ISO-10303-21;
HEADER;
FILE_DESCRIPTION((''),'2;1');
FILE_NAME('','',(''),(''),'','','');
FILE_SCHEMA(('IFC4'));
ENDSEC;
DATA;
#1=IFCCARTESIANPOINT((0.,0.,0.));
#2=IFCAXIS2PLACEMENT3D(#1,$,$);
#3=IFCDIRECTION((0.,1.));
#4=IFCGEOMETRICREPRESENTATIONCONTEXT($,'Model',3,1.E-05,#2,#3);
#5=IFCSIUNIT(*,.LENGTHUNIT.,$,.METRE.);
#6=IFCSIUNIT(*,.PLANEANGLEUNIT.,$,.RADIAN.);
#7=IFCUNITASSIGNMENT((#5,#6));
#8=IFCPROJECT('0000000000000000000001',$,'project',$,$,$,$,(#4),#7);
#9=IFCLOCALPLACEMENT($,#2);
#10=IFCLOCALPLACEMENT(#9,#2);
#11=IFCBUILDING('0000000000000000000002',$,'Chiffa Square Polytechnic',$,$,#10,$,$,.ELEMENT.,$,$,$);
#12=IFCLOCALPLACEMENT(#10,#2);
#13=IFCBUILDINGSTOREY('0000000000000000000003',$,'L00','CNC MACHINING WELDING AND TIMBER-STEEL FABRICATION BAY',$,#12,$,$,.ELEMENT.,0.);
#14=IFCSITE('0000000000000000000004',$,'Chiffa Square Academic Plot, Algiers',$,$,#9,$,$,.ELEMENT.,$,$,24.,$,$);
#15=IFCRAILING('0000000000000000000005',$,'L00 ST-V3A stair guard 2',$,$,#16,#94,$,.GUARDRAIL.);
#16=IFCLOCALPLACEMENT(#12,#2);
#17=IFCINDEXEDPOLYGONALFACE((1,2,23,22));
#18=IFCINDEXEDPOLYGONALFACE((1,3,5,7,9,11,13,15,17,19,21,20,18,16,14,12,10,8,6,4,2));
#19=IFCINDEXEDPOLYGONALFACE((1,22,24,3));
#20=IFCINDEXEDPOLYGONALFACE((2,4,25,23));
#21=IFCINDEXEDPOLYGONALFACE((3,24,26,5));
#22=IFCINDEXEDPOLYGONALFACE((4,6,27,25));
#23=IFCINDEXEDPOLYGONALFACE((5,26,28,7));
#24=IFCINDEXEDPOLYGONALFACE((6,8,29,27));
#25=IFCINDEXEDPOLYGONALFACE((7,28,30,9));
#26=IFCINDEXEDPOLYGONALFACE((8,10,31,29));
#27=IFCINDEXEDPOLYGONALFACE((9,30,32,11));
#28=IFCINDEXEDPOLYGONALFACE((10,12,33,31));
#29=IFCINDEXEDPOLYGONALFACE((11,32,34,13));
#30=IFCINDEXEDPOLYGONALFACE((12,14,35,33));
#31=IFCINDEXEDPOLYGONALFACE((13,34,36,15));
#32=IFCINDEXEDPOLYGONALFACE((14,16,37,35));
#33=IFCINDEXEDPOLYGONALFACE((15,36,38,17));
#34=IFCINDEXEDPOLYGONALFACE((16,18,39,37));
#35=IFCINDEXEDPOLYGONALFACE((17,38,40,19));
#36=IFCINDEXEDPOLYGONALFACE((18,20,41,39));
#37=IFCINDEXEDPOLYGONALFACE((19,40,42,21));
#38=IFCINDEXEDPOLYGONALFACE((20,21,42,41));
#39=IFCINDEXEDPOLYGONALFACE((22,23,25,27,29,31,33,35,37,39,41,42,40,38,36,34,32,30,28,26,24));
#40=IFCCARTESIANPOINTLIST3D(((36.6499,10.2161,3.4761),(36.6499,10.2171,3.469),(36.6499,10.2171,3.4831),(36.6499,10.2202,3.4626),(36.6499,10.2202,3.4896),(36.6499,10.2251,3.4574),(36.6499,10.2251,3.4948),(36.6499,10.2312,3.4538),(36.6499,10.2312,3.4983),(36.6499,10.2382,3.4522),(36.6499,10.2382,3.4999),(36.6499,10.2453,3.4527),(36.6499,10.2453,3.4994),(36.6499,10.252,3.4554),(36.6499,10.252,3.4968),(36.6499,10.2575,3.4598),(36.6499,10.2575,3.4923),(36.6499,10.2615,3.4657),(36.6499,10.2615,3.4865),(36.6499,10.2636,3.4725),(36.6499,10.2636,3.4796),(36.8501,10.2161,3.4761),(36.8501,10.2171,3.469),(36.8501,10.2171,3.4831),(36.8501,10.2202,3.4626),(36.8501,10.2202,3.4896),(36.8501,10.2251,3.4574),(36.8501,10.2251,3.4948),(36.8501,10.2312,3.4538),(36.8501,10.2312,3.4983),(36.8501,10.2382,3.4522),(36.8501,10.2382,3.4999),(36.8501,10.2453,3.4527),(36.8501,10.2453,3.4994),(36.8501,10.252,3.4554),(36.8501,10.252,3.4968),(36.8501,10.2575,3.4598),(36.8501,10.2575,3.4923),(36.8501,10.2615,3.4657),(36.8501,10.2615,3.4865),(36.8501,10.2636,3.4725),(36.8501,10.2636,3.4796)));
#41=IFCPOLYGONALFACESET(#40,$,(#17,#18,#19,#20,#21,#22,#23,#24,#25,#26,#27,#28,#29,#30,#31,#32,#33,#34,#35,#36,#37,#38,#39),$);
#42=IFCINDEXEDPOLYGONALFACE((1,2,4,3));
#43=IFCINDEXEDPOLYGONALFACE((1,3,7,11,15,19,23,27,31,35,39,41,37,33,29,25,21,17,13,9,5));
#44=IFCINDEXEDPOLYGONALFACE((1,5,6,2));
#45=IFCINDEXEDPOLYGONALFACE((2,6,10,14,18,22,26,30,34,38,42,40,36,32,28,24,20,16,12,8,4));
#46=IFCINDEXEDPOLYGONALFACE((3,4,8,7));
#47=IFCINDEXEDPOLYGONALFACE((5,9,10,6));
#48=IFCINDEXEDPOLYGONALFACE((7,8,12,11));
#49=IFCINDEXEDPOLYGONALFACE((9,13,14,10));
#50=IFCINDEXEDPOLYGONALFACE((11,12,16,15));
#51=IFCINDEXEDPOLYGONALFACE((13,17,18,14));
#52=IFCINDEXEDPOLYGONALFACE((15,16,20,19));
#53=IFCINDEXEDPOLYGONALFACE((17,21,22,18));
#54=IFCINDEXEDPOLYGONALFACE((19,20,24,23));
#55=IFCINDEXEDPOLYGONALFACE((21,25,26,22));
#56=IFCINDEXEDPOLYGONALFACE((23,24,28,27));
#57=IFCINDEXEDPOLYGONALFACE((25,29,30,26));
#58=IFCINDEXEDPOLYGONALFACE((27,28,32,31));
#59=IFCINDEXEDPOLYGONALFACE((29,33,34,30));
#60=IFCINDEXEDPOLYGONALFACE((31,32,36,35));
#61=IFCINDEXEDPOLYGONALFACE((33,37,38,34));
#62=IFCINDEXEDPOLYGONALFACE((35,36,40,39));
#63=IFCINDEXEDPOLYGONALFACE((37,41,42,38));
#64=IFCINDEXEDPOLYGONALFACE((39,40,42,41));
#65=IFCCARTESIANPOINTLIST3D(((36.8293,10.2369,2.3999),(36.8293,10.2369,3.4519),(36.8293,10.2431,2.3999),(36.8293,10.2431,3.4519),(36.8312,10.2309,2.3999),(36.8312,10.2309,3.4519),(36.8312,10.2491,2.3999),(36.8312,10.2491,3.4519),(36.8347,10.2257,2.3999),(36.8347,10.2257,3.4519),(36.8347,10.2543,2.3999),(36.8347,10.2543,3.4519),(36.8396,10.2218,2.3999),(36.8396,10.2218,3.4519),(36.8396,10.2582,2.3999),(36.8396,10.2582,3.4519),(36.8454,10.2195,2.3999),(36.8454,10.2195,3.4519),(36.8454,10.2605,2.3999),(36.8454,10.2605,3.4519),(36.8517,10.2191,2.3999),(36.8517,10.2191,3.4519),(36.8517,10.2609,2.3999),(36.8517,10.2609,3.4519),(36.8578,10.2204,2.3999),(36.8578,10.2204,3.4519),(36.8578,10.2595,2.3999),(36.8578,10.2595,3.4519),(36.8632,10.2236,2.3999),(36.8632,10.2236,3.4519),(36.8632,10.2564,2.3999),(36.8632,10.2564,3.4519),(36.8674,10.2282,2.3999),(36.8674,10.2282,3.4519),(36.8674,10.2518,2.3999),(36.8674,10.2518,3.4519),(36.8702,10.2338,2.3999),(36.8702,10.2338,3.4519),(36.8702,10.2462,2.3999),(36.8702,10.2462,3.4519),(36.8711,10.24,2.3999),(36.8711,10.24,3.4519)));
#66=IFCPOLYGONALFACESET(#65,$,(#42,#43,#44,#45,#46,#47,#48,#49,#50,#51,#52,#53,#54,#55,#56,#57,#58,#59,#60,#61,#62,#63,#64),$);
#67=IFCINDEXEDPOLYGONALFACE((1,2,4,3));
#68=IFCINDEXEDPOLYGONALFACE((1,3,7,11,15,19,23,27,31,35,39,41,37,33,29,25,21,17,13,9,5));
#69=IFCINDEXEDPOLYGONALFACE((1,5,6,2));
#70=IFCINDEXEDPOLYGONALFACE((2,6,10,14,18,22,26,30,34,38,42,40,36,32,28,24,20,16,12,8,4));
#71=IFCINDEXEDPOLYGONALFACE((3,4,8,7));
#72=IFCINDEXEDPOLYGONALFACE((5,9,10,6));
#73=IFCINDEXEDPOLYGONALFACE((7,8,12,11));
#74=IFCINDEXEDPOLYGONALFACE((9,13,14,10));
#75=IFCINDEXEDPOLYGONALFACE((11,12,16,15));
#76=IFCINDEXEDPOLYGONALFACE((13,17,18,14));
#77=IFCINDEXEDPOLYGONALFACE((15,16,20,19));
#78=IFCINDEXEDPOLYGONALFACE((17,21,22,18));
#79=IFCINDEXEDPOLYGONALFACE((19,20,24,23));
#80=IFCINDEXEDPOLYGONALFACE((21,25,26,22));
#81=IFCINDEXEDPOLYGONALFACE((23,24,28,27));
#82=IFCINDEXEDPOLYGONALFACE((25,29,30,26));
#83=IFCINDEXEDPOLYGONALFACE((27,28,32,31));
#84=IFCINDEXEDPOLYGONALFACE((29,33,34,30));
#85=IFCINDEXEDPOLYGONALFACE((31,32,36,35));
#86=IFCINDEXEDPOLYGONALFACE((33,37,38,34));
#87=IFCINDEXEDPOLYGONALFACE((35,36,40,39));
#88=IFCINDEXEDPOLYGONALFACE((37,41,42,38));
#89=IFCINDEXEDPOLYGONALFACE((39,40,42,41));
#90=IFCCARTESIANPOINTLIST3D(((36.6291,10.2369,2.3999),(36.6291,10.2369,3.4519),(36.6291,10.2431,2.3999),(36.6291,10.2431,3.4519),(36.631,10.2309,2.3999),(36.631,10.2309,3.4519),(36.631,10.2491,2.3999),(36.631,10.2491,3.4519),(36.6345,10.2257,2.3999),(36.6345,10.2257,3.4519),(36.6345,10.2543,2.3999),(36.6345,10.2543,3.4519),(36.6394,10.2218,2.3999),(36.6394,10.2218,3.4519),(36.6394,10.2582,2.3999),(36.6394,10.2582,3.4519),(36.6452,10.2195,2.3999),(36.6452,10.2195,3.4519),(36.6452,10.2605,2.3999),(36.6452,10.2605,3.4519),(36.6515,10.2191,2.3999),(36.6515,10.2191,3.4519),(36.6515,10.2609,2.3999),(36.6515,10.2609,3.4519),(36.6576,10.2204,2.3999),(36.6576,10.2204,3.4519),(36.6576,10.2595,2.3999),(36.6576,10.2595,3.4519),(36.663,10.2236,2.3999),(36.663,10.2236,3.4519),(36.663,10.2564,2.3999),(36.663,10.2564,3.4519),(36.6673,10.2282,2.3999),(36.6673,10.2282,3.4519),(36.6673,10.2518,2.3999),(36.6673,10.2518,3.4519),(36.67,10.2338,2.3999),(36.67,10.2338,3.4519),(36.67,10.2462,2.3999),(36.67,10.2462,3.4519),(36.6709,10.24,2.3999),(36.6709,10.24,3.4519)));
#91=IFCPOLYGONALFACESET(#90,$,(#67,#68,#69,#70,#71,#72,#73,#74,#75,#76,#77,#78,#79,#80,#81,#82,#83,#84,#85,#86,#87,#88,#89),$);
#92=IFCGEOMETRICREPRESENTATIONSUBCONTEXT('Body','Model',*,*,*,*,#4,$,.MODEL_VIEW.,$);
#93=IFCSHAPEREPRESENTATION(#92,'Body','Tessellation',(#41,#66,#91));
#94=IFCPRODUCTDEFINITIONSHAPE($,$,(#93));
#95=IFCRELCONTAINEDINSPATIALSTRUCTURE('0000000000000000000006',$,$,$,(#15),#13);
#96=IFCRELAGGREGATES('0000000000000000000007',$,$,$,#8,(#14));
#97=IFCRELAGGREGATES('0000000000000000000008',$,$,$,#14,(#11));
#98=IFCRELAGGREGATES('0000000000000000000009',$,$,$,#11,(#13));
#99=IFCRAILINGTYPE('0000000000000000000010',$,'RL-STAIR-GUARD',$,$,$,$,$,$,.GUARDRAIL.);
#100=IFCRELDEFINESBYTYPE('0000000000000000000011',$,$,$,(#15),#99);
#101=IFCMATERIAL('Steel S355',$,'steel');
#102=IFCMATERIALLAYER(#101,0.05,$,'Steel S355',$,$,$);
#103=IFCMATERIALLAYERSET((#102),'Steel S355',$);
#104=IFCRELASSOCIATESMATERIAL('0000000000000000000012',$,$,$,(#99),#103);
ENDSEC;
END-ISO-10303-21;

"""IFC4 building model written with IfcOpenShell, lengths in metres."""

from ifc_helpers import new_model, si_unit, direction, frame, origin, origin_2d, place, context, subcontext, project, spatial, circle, extrude, material, layer, layer_set, type_object, element, save


model = new_model("IFC4")

# Units and contexts
model_context = context("Model", 3, precision=1e-05, world=origin(), true_north=direction((0.0, 1.0)))
body_context = subcontext(model_context, "Body", "Model", "MODEL_VIEW")
ifc_project = project(units=[si_unit("LENGTHUNIT", "METRE"), si_unit("PLANEANGLEUNIT", "RADIAN")], contexts=[model_context])

# Site, building, storey
site_placement = place(None, origin())
site = spatial("IfcSite", under=ifc_project, at=site_placement, Name="Chiffa Square Academic Plot, Algiers", CompositionType="ELEMENT", RefElevation=24.0)
building_placement = place(site_placement, origin())
building = spatial("IfcBuilding", under=site, at=building_placement, Name="Chiffa Square Polytechnic", CompositionType="ELEMENT")
storey_placement = place(building_placement, origin())
storey = spatial("IfcBuildingStorey", under=building, at=storey_placement, Name="L00", Description="CNC MACHINING WELDING AND TIMBER-STEEL FABRICATION BAY", CompositionType="ELEMENT", Elevation=0.0)

# Railing
ifc_material_1 = material(Name="Steel S355", Category="steel")
ifc_layer_1 = layer(ifc_material_1, 0.05, Name="Steel S355")
ifc_layer_set_1 = layer_set([ifc_layer_1], Name="Steel S355")
railing_type_1 = type_object("IfcRailingType", Name="RL-STAIR-GUARD", PredefinedType="GUARDRAIL", material=ifc_layer_set_1)
railing_1_placement = place(storey_placement, frame((36.8501, 10.24, 2.3999)))
element("IfcRailing", 1, at=railing_1_placement, inside=storey, type_object=railing_type_1, Name="L00 ST-V3A stair guard 2", PredefinedType="GUARDRAIL", context=body_context, shape_type="SweptSolid", body=[
    extrude(circle(Radius=0.0239, at=origin_2d()), frame((0.0, 0.0, 1.0762), z_axis=(-1.0, 0.0, 0.0), x_axis=(0.0, -1.0, 0.0)), (0.0, 0.0, 1.0), 0.2002),
    extrude(circle(Radius=0.021, at=origin_2d()), origin(), (0.0, 0.0, 1.0), 1.052),
    extrude(circle(Radius=0.021, at=origin_2d()), frame((-0.2002, 0.0, 0.0)), (0.0, 0.0, 1.0), 1.052),
])

save(model, "model.ifc")
